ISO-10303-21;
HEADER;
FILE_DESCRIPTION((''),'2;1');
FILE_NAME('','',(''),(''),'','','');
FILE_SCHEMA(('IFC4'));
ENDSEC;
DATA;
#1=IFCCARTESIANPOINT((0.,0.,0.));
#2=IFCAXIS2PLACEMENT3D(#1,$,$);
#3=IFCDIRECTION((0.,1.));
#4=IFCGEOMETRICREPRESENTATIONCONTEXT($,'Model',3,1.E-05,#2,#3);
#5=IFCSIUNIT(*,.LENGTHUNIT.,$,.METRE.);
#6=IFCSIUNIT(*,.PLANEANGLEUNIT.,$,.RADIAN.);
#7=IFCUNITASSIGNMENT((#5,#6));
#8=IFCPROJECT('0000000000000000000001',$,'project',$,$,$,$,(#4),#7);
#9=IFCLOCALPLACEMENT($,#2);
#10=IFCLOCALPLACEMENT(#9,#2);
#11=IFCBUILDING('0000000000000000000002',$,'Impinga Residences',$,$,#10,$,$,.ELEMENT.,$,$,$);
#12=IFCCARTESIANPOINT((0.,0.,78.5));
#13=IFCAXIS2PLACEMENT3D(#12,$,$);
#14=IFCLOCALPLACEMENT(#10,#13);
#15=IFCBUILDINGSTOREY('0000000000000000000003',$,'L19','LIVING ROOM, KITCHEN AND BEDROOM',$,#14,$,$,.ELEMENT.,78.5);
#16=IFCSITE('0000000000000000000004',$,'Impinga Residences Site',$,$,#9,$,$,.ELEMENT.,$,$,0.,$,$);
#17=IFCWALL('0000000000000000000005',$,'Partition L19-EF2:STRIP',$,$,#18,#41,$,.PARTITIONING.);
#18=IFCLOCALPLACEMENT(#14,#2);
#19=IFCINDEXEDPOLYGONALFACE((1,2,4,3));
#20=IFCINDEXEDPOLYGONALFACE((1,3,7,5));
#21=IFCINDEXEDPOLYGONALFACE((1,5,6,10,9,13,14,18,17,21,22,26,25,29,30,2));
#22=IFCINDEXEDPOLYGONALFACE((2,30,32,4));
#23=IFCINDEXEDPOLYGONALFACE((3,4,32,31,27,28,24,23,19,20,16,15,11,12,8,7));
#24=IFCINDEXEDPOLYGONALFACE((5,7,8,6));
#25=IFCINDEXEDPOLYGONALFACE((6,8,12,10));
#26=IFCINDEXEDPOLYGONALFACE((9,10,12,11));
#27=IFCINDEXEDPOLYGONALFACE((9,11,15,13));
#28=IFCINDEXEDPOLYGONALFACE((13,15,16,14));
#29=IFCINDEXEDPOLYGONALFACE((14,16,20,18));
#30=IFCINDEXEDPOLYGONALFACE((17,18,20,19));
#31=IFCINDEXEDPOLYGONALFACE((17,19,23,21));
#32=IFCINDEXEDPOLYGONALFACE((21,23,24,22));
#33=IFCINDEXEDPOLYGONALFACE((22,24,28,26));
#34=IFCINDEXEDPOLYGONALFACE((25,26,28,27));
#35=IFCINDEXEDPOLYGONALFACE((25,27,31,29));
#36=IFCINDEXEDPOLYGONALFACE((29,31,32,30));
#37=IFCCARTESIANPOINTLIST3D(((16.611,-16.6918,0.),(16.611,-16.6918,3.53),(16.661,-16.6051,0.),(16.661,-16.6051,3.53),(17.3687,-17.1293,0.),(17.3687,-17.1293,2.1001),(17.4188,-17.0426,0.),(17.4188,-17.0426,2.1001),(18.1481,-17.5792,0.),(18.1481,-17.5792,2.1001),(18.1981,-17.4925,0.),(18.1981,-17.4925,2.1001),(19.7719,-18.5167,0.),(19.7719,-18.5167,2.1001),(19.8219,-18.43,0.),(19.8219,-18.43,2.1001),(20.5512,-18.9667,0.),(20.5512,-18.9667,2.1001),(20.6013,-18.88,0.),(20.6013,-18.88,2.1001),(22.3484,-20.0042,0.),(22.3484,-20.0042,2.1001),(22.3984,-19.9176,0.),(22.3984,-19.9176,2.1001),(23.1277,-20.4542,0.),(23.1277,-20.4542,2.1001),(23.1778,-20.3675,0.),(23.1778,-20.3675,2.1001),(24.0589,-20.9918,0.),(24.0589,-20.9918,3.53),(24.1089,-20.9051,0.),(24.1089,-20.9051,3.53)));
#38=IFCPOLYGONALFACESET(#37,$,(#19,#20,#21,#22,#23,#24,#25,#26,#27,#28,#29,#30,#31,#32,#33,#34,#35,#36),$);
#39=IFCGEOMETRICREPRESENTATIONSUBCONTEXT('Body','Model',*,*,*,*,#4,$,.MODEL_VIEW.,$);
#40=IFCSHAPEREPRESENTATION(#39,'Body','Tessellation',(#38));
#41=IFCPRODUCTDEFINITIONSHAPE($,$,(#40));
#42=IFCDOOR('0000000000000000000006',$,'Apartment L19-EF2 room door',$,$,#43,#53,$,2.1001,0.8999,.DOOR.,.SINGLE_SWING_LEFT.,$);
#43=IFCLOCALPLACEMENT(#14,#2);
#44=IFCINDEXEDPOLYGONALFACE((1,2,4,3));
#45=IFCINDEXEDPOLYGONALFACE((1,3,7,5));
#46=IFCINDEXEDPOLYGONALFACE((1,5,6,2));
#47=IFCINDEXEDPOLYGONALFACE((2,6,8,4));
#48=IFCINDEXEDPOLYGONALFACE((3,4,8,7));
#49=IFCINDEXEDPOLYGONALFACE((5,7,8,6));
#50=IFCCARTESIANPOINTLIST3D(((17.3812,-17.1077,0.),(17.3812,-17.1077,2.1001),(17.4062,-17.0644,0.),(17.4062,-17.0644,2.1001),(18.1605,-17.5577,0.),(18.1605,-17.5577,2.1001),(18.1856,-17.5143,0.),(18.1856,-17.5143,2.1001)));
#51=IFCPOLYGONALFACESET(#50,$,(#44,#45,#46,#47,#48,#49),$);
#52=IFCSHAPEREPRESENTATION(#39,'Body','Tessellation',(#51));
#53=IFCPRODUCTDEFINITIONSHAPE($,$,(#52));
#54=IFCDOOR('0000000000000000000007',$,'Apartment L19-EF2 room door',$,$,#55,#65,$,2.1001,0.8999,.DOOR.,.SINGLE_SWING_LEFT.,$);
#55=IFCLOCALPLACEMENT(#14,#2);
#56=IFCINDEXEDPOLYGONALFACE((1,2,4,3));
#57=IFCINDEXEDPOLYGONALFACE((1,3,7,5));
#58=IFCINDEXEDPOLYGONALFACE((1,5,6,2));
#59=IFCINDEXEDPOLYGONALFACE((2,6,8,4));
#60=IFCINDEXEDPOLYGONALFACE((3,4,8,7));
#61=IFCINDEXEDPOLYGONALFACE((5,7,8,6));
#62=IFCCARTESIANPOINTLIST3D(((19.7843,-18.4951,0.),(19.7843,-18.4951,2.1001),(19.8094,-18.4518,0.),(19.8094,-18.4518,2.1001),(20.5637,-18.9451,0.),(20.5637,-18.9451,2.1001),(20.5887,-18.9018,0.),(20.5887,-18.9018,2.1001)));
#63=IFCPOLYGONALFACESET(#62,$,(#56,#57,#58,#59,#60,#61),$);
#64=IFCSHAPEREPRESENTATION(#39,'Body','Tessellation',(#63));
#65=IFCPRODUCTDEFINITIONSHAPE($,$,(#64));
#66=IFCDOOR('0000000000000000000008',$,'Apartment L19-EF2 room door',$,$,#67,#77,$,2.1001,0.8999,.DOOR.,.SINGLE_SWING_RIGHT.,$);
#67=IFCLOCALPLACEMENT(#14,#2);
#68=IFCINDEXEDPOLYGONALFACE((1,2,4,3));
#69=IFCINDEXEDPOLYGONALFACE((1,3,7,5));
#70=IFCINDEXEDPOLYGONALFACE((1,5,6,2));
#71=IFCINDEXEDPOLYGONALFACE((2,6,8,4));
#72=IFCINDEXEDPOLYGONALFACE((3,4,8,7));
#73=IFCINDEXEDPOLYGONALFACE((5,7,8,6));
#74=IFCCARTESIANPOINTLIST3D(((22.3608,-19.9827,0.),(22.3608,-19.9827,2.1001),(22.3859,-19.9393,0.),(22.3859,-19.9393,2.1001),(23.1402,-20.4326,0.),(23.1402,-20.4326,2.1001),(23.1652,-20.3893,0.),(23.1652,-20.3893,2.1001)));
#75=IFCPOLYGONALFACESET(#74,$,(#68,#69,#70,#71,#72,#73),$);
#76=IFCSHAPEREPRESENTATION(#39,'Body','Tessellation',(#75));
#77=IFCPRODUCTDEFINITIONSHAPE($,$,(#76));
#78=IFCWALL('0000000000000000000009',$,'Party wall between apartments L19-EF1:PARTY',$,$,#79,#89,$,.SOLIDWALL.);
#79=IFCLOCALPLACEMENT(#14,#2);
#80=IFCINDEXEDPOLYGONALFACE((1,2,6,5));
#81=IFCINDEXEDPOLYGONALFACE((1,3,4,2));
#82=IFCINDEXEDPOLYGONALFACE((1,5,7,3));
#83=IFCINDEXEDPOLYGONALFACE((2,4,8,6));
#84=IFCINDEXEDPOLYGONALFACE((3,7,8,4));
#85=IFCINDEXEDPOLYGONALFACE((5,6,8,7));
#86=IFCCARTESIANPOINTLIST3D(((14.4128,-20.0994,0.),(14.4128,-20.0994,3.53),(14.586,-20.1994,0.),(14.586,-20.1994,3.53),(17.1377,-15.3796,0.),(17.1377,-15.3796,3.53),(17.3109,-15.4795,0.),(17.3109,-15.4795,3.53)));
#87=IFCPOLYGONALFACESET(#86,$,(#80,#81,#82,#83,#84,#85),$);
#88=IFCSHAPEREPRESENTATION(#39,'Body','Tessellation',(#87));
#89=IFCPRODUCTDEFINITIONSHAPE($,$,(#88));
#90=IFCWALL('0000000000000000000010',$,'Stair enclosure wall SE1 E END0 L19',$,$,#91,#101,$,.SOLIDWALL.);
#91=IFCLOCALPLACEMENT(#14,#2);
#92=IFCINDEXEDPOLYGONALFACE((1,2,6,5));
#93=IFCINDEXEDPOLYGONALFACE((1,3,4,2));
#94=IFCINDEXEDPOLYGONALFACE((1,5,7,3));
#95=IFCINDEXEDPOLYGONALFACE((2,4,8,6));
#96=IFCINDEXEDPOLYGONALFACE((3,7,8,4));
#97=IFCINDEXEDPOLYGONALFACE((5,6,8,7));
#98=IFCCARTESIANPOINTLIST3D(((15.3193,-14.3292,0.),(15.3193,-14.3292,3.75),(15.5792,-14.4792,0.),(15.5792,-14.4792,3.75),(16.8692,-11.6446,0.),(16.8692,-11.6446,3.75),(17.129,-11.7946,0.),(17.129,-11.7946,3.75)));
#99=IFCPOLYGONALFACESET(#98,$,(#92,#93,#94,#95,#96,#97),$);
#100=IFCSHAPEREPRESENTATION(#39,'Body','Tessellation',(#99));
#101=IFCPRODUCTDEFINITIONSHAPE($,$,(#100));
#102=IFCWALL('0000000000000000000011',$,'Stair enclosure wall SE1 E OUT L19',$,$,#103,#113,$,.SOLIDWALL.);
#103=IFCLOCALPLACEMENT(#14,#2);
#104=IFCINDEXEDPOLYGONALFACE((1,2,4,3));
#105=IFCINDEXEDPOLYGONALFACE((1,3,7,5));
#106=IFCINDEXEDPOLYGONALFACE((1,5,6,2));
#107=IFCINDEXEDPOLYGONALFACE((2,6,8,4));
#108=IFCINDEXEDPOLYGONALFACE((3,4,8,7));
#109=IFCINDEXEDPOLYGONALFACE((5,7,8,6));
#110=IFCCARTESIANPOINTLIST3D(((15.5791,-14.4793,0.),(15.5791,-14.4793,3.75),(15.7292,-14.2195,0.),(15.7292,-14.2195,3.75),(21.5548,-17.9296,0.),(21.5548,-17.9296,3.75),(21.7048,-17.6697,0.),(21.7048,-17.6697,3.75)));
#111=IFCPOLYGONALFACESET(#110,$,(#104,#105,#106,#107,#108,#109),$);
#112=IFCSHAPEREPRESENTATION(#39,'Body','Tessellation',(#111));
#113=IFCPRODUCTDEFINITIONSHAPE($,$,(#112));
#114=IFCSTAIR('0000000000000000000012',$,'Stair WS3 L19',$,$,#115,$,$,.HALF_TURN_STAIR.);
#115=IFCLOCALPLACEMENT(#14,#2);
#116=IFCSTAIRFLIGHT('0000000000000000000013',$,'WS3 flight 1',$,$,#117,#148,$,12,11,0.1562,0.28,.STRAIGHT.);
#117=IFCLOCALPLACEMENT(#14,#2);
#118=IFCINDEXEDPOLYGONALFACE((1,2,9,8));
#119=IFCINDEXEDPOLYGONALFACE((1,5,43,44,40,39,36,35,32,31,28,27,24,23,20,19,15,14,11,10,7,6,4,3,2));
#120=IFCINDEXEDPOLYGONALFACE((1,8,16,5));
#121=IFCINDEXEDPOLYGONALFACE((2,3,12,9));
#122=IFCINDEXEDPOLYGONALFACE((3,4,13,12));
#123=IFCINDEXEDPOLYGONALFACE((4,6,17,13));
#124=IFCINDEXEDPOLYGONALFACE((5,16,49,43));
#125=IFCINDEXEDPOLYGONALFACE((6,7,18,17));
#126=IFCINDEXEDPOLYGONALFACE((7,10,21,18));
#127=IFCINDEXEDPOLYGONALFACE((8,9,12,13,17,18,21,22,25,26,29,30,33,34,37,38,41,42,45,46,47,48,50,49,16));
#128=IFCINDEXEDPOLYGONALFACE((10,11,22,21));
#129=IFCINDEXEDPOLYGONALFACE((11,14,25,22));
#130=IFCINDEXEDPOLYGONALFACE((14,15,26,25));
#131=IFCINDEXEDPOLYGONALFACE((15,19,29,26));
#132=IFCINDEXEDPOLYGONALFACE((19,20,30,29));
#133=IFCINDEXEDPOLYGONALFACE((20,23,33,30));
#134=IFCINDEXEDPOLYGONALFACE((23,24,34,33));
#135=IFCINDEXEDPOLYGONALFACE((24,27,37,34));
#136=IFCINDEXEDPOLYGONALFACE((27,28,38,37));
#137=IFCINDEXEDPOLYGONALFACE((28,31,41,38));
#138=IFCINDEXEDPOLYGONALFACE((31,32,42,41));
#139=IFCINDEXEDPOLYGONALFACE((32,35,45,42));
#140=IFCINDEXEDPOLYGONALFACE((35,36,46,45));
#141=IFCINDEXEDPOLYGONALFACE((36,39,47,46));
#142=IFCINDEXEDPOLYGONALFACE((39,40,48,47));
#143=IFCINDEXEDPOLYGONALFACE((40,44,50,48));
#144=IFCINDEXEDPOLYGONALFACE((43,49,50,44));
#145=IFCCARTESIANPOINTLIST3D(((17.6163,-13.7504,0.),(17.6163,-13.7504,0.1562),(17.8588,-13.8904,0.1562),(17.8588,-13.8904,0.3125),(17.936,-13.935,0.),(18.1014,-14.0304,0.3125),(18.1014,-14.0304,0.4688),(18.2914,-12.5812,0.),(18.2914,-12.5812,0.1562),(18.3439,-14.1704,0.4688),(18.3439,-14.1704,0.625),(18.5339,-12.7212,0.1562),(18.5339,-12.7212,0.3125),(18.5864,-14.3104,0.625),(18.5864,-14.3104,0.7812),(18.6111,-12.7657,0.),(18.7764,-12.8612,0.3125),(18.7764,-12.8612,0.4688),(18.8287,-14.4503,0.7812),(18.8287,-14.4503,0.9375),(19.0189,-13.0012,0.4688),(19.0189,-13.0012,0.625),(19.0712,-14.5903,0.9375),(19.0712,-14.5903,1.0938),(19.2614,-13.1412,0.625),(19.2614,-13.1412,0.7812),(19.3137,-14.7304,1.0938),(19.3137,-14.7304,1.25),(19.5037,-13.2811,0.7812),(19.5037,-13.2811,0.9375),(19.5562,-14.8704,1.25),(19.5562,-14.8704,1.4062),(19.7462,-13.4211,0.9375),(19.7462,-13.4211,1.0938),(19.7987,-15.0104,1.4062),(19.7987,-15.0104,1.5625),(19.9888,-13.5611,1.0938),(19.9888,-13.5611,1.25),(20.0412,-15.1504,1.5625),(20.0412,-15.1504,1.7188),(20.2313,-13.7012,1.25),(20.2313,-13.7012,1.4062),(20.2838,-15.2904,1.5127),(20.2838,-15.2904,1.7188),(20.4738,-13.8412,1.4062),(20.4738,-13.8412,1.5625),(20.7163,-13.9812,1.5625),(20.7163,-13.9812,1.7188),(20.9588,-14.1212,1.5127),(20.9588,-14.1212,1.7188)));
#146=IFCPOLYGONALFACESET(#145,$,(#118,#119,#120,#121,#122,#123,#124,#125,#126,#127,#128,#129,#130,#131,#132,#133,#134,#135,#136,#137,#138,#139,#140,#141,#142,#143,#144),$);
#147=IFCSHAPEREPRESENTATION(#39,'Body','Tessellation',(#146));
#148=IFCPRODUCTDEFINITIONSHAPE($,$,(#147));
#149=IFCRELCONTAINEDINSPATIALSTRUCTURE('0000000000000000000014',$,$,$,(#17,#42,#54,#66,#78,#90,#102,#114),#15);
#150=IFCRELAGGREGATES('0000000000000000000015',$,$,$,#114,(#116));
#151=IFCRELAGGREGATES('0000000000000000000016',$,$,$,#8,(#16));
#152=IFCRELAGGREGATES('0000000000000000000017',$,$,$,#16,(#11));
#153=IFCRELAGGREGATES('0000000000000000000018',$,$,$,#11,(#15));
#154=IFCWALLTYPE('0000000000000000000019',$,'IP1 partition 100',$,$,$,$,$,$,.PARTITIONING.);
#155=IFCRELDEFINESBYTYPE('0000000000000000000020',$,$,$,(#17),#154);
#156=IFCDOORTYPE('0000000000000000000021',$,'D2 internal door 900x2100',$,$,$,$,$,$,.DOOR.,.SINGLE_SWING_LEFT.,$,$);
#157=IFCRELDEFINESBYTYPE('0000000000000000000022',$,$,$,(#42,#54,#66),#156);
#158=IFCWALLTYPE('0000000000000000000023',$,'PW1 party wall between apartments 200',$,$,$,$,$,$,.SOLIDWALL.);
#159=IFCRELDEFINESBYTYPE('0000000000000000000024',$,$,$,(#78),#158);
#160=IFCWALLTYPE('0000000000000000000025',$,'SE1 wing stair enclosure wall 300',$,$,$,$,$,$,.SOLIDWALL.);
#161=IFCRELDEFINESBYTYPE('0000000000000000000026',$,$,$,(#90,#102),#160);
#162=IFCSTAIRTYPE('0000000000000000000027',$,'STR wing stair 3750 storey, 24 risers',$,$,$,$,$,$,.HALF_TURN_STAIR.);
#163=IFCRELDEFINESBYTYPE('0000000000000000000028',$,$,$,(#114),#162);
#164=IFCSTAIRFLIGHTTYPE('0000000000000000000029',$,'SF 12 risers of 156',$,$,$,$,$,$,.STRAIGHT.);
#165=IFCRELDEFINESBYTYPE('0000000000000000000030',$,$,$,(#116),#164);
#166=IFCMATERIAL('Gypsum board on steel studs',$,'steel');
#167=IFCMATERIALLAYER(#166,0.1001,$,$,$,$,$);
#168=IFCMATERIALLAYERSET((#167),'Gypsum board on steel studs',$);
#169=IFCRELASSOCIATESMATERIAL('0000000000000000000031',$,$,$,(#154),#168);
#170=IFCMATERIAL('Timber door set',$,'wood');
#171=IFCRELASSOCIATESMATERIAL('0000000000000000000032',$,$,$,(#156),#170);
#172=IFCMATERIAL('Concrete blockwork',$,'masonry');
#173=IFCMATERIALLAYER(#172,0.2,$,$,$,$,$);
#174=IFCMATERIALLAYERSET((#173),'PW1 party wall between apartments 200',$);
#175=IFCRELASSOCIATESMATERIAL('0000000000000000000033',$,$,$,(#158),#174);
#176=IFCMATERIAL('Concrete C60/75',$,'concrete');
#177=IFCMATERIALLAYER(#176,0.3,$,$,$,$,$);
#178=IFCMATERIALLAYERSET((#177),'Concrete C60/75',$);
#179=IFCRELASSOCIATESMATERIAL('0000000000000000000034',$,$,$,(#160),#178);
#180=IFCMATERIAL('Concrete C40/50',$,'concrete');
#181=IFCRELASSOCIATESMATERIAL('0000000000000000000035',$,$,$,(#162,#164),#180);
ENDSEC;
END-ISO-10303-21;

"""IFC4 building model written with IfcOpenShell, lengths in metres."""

from ifc_helpers import new_model, si_unit, direction, frame, frame_2d, origin, place, context, subcontext, project, spatial, polyline, rectangle, outline, extrude, material, layer, layer_set, type_object, element, fill, aggregate, save


model = new_model("IFC4")

# Units and contexts
model_context = context("Model", 3, precision=1e-05, world=origin(), true_north=direction((0.0, 1.0)))
body_context = subcontext(model_context, "Body", "Model", "MODEL_VIEW")
ifc_project = project(units=[si_unit("LENGTHUNIT", "METRE"), si_unit("PLANEANGLEUNIT", "RADIAN")], contexts=[model_context])

# Site, building, storey
site_placement = place(None, origin())
site = spatial("IfcSite", under=ifc_project, at=site_placement, Name="Impinga Residences Site", CompositionType="ELEMENT", RefElevation=0.0)
building_placement = place(site_placement, origin())
building = spatial("IfcBuilding", under=site, at=building_placement, Name="Impinga Residences", CompositionType="ELEMENT")
storey_placement = place(building_placement, frame((0.0, 0.0, 78.5)))
storey = spatial("IfcBuildingStorey", under=building, at=storey_placement, Name="L19", Description="LIVING ROOM, KITCHEN AND BEDROOM", CompositionType="ELEMENT", Elevation=78.5)

# Shared definitions
ifc_material_1 = material(Name="Concrete C60/75", Category="concrete")

# Shared definitions
ifc_material_2 = material(Name="Gypsum board on steel studs", Category="steel")
ifc_layer_1 = layer(ifc_material_2, 0.1001)
ifc_layer_set_1 = layer_set([ifc_layer_1], Name="Gypsum board on steel studs")
wall_type_1 = type_object("IfcWallType", Name="IP1 partition 100", PredefinedType="PARTITIONING", material=ifc_layer_set_1)

# Shared definitions
ifc_material_3 = material(Name="Timber door set", Category="wood")
door_type = type_object("IfcDoorType", Name="D2 internal door 900x2100", OperationType="SINGLE_SWING_LEFT", PredefinedType="DOOR", material=ifc_material_3)

# Wall, openings, doors
wall_1_placement = place(storey_placement, frame((16.636, -16.6484, 0.0), z_axis=(0.0, 0.0, 1.0), x_axis=(0.866028, -0.499995, 0.0)))
wall_1 = element("IfcWall", 1, at=wall_1_placement, inside=storey, type_object=wall_type_1, Name="Partition L19-EF2:STRIP", PredefinedType="PARTITIONING", context=body_context, shape_type="SweptSolid", body=[
    extrude(rectangle(XDim=8.6001, YDim=0.1001, at=frame_2d((4.3, 0.0))), origin(), (0.0, 0.0, 1.0), 3.53),
])
opening_1_placement = place(wall_1_placement, frame((0.875, 0.0, 0.0)))
opening_1 = element("IfcOpeningElement", 2, at=opening_1_placement, cuts=wall_1, PredefinedType="OPENING", context=body_context, shape_type="SweptSolid", body=[
    extrude(rectangle(XDim=0.8999, YDim=2.1001, at=frame_2d((0.45, 1.05))), frame((0.0, 0.0601, 0.0), z_axis=(0.0, -1.0, 0.0), x_axis=(1.0, 0.0, 0.0)), (0.0, 0.0, 1.0), 0.1201),
])
opening_2_placement = place(wall_1_placement, frame((3.6499, 0.0, 0.0)))
opening_2 = element("IfcOpeningElement", 3, at=opening_2_placement, cuts=wall_1, PredefinedType="OPENING", context=body_context, shape_type="SweptSolid", body=[
    extrude(rectangle(XDim=0.8999, YDim=2.1001, at=frame_2d((0.45, 1.05))), frame((0.0, 0.0601, 0.0), z_axis=(0.0, -1.0, 0.0), x_axis=(1.0, 0.0, 0.0)), (0.0, 0.0, 1.0), 0.1201),
])
opening_3_placement = place(wall_1_placement, frame((6.625, 0.0, 0.0)))
opening_3 = element("IfcOpeningElement", 4, at=opening_3_placement, cuts=wall_1, PredefinedType="OPENING", context=body_context, shape_type="SweptSolid", body=[
    extrude(rectangle(XDim=0.8999, YDim=2.1001, at=frame_2d((0.45, 1.05))), frame((0.0, 0.0601, 0.0), z_axis=(0.0, -1.0, 0.0), x_axis=(1.0, 0.0, 0.0)), (0.0, 0.0, 1.0), 0.1201),
])
door_1_placement = place(opening_1_placement, origin())
door_1 = element("IfcDoor", 5, at=door_1_placement, inside=storey, type_object=door_type, Name="Apartment L19-EF2 room door", OperationType="SINGLE_SWING_LEFT", OverallHeight=2.1001, OverallWidth=0.8999, PredefinedType="DOOR", context=body_context, shape_type="SweptSolid", body=[
    extrude(rectangle(XDim=0.8999, YDim=2.1001, at=frame_2d((0.45, 1.05))), frame((0.0, 0.0249, 0.0), z_axis=(0.0, -1.0, 0.0), x_axis=(1.0, 0.0, 0.0)), (0.0, 0.0, 1.0), 0.05),
])
fill(opening_1, door_1)
door_2_placement = place(opening_2_placement, origin())
door_2 = element("IfcDoor", 6, at=door_2_placement, inside=storey, type_object=door_type, Name="Apartment L19-EF2 room door", OperationType="SINGLE_SWING_LEFT", OverallHeight=2.1001, OverallWidth=0.8999, PredefinedType="DOOR", context=body_context, shape_type="SweptSolid", body=[
    extrude(rectangle(XDim=0.8999, YDim=2.1001, at=frame_2d((0.45, 1.05))), frame((0.0, 0.0249, 0.0), z_axis=(0.0, -1.0, 0.0), x_axis=(1.0, 0.0, 0.0)), (0.0, 0.0, 1.0), 0.05),
])
fill(opening_2, door_2)
door_3_placement = place(opening_3_placement, origin())
door_3 = element("IfcDoor", 7, at=door_3_placement, inside=storey, type_object=door_type, Name="Apartment L19-EF2 room door", OperationType="SINGLE_SWING_RIGHT", OverallHeight=2.1001, OverallWidth=0.8999, PredefinedType="DOOR", context=body_context, shape_type="SweptSolid", body=[
    extrude(rectangle(XDim=0.8999, YDim=2.1001, at=frame_2d((0.45, 1.05))), frame((0.0, 0.0249, 0.0), z_axis=(0.0, -1.0, 0.0), x_axis=(1.0, 0.0, 0.0)), (0.0, 0.0, 1.0), 0.05),
])
fill(opening_3, door_3)

# Walls
ifc_material_4 = material(Name="Concrete blockwork", Category="masonry")
ifc_layer_2 = layer(ifc_material_4, 0.2)
ifc_layer_set_2 = layer_set([ifc_layer_2], Name="PW1 party wall between apartments 200")
wall_type_2 = type_object("IfcWallType", Name="PW1 party wall between apartments 200", PredefinedType="SOLIDWALL", material=ifc_layer_set_2)
wall_2_placement = place(storey_placement, frame((17.2244, -15.4294, 0.0), z_axis=(0.0, 0.0, 1.0), x_axis=(-0.499989, -0.866032, 0.0)))
element("IfcWall", 8, at=wall_2_placement, inside=storey, type_object=wall_type_2, Name="Party wall between apartments L19-EF1:PARTY", PredefinedType="SOLIDWALL", context=body_context, shape_type="SweptSolid", body=[
    extrude(rectangle(XDim=5.45, YDim=0.2, at=frame_2d((2.7251, 0.0))), origin(), (0.0, 0.0, 1.0), 3.53),
])
ifc_layer_3 = layer(ifc_material_1, 0.3)
ifc_layer_set_3 = layer_set([ifc_layer_3], Name="Concrete C60/75")
wall_type_3 = type_object("IfcWallType", Name="SE1 wing stair enclosure wall 300", PredefinedType="SOLIDWALL", material=ifc_layer_set_3)
wall_3_placement = place(storey_placement, frame((16.999, -11.7197, 0.0), z_axis=(0.0, 0.0, 1.0), x_axis=(-0.499968, -0.866044, 0.0)))
element("IfcWall", 9, at=wall_3_placement, inside=storey, type_object=wall_type_3, Name="Stair enclosure wall SE1 E END0 L19", PredefinedType="SOLIDWALL", context=body_context, shape_type="SweptSolid", body=[
    extrude(rectangle(XDim=3.0999, YDim=0.3, at=frame_2d((1.5498, 0.0))), origin(), (0.0, 0.0, 1.0), 3.75),
])
wall_4_placement = place(storey_placement, frame((15.6541, -14.3494, 0.0), z_axis=(0.0, 0.0, 1.0), x_axis=(0.866014, -0.500021, 0.0)))
element("IfcWall", 10, at=wall_4_placement, inside=storey, type_object=wall_type_3, Name="Stair enclosure wall SE1 E OUT L19", PredefinedType="SOLIDWALL", context=body_context, shape_type="SweptSolid", body=[
    extrude(rectangle(XDim=6.9001, YDim=0.3, at=frame_2d((3.4502, 0.0))), origin(), (0.0, 0.0, 1.0), 3.75),
])

# Stair, stair flight
ifc_material_5 = material(Name="Concrete C40/50", Category="concrete")
stair_type = type_object("IfcStairType", Name="STR wing stair 3750 storey, 24 risers", PredefinedType="HALF_TURN_STAIR", material=ifc_material_5)
stair_placement = place(storey_placement, origin())
stair = element("IfcStair", 11, at=stair_placement, inside=storey, type_object=stair_type, Name="Stair WS3 L19", PredefinedType="HALF_TURN_STAIR")
stair_flight_type = type_object("IfcStairFlightType", Name="SF 12 risers of 156", PredefinedType="STRAIGHT", material=ifc_material_5)
stair_flight_placement = place(storey_placement, frame((17.9539, -13.1658, 0.0), z_axis=(0.0, 0.0, 1.0), x_axis=(0.866025, -0.5, 0.0)))
stair_flight = element("IfcStairFlight", 12, at=stair_flight_placement, type_object=stair_flight_type, Name="WS3 flight 1", NumberOfRisers=12, NumberOfTreads=11, PredefinedType="STRAIGHT", RiserHeight=0.1562, TreadLength=0.28, context=body_context, shape_type="SweptSolid", body=[
    extrude(outline(polyline([(0.0, 0.0), (0.0, 0.1562), (0.28, 0.1562), (0.28, 0.3125), (0.5601, 0.3125), (0.5601, 0.4688), (0.8401, 0.4688), (0.8401, 0.625), (1.1201, 0.625), (1.1201, 0.7812), (1.3999, 0.7812), (1.3999, 0.9375), (1.6799, 0.9375), (1.6799, 1.0938), (1.96, 1.0938), (1.96, 1.25), (2.24, 1.25), (2.24, 1.4062), (2.52, 1.4062), (2.52, 1.5625), (2.8, 1.5625), (2.8, 1.7188), (3.0801, 1.7188), (3.0801, 1.875), (3.0801, 1.5127), (0.3691, 0.0), (0.0, 0.0)])), frame((0.0, 0.675, 0.0), z_axis=(0.0, -1.0, 0.0), x_axis=(1.0, 0.0, 0.0)), (0.0, 0.0, 1.0), 1.3501),
])
aggregate(stair, [stair_flight])

save(model, "model.ifc")
